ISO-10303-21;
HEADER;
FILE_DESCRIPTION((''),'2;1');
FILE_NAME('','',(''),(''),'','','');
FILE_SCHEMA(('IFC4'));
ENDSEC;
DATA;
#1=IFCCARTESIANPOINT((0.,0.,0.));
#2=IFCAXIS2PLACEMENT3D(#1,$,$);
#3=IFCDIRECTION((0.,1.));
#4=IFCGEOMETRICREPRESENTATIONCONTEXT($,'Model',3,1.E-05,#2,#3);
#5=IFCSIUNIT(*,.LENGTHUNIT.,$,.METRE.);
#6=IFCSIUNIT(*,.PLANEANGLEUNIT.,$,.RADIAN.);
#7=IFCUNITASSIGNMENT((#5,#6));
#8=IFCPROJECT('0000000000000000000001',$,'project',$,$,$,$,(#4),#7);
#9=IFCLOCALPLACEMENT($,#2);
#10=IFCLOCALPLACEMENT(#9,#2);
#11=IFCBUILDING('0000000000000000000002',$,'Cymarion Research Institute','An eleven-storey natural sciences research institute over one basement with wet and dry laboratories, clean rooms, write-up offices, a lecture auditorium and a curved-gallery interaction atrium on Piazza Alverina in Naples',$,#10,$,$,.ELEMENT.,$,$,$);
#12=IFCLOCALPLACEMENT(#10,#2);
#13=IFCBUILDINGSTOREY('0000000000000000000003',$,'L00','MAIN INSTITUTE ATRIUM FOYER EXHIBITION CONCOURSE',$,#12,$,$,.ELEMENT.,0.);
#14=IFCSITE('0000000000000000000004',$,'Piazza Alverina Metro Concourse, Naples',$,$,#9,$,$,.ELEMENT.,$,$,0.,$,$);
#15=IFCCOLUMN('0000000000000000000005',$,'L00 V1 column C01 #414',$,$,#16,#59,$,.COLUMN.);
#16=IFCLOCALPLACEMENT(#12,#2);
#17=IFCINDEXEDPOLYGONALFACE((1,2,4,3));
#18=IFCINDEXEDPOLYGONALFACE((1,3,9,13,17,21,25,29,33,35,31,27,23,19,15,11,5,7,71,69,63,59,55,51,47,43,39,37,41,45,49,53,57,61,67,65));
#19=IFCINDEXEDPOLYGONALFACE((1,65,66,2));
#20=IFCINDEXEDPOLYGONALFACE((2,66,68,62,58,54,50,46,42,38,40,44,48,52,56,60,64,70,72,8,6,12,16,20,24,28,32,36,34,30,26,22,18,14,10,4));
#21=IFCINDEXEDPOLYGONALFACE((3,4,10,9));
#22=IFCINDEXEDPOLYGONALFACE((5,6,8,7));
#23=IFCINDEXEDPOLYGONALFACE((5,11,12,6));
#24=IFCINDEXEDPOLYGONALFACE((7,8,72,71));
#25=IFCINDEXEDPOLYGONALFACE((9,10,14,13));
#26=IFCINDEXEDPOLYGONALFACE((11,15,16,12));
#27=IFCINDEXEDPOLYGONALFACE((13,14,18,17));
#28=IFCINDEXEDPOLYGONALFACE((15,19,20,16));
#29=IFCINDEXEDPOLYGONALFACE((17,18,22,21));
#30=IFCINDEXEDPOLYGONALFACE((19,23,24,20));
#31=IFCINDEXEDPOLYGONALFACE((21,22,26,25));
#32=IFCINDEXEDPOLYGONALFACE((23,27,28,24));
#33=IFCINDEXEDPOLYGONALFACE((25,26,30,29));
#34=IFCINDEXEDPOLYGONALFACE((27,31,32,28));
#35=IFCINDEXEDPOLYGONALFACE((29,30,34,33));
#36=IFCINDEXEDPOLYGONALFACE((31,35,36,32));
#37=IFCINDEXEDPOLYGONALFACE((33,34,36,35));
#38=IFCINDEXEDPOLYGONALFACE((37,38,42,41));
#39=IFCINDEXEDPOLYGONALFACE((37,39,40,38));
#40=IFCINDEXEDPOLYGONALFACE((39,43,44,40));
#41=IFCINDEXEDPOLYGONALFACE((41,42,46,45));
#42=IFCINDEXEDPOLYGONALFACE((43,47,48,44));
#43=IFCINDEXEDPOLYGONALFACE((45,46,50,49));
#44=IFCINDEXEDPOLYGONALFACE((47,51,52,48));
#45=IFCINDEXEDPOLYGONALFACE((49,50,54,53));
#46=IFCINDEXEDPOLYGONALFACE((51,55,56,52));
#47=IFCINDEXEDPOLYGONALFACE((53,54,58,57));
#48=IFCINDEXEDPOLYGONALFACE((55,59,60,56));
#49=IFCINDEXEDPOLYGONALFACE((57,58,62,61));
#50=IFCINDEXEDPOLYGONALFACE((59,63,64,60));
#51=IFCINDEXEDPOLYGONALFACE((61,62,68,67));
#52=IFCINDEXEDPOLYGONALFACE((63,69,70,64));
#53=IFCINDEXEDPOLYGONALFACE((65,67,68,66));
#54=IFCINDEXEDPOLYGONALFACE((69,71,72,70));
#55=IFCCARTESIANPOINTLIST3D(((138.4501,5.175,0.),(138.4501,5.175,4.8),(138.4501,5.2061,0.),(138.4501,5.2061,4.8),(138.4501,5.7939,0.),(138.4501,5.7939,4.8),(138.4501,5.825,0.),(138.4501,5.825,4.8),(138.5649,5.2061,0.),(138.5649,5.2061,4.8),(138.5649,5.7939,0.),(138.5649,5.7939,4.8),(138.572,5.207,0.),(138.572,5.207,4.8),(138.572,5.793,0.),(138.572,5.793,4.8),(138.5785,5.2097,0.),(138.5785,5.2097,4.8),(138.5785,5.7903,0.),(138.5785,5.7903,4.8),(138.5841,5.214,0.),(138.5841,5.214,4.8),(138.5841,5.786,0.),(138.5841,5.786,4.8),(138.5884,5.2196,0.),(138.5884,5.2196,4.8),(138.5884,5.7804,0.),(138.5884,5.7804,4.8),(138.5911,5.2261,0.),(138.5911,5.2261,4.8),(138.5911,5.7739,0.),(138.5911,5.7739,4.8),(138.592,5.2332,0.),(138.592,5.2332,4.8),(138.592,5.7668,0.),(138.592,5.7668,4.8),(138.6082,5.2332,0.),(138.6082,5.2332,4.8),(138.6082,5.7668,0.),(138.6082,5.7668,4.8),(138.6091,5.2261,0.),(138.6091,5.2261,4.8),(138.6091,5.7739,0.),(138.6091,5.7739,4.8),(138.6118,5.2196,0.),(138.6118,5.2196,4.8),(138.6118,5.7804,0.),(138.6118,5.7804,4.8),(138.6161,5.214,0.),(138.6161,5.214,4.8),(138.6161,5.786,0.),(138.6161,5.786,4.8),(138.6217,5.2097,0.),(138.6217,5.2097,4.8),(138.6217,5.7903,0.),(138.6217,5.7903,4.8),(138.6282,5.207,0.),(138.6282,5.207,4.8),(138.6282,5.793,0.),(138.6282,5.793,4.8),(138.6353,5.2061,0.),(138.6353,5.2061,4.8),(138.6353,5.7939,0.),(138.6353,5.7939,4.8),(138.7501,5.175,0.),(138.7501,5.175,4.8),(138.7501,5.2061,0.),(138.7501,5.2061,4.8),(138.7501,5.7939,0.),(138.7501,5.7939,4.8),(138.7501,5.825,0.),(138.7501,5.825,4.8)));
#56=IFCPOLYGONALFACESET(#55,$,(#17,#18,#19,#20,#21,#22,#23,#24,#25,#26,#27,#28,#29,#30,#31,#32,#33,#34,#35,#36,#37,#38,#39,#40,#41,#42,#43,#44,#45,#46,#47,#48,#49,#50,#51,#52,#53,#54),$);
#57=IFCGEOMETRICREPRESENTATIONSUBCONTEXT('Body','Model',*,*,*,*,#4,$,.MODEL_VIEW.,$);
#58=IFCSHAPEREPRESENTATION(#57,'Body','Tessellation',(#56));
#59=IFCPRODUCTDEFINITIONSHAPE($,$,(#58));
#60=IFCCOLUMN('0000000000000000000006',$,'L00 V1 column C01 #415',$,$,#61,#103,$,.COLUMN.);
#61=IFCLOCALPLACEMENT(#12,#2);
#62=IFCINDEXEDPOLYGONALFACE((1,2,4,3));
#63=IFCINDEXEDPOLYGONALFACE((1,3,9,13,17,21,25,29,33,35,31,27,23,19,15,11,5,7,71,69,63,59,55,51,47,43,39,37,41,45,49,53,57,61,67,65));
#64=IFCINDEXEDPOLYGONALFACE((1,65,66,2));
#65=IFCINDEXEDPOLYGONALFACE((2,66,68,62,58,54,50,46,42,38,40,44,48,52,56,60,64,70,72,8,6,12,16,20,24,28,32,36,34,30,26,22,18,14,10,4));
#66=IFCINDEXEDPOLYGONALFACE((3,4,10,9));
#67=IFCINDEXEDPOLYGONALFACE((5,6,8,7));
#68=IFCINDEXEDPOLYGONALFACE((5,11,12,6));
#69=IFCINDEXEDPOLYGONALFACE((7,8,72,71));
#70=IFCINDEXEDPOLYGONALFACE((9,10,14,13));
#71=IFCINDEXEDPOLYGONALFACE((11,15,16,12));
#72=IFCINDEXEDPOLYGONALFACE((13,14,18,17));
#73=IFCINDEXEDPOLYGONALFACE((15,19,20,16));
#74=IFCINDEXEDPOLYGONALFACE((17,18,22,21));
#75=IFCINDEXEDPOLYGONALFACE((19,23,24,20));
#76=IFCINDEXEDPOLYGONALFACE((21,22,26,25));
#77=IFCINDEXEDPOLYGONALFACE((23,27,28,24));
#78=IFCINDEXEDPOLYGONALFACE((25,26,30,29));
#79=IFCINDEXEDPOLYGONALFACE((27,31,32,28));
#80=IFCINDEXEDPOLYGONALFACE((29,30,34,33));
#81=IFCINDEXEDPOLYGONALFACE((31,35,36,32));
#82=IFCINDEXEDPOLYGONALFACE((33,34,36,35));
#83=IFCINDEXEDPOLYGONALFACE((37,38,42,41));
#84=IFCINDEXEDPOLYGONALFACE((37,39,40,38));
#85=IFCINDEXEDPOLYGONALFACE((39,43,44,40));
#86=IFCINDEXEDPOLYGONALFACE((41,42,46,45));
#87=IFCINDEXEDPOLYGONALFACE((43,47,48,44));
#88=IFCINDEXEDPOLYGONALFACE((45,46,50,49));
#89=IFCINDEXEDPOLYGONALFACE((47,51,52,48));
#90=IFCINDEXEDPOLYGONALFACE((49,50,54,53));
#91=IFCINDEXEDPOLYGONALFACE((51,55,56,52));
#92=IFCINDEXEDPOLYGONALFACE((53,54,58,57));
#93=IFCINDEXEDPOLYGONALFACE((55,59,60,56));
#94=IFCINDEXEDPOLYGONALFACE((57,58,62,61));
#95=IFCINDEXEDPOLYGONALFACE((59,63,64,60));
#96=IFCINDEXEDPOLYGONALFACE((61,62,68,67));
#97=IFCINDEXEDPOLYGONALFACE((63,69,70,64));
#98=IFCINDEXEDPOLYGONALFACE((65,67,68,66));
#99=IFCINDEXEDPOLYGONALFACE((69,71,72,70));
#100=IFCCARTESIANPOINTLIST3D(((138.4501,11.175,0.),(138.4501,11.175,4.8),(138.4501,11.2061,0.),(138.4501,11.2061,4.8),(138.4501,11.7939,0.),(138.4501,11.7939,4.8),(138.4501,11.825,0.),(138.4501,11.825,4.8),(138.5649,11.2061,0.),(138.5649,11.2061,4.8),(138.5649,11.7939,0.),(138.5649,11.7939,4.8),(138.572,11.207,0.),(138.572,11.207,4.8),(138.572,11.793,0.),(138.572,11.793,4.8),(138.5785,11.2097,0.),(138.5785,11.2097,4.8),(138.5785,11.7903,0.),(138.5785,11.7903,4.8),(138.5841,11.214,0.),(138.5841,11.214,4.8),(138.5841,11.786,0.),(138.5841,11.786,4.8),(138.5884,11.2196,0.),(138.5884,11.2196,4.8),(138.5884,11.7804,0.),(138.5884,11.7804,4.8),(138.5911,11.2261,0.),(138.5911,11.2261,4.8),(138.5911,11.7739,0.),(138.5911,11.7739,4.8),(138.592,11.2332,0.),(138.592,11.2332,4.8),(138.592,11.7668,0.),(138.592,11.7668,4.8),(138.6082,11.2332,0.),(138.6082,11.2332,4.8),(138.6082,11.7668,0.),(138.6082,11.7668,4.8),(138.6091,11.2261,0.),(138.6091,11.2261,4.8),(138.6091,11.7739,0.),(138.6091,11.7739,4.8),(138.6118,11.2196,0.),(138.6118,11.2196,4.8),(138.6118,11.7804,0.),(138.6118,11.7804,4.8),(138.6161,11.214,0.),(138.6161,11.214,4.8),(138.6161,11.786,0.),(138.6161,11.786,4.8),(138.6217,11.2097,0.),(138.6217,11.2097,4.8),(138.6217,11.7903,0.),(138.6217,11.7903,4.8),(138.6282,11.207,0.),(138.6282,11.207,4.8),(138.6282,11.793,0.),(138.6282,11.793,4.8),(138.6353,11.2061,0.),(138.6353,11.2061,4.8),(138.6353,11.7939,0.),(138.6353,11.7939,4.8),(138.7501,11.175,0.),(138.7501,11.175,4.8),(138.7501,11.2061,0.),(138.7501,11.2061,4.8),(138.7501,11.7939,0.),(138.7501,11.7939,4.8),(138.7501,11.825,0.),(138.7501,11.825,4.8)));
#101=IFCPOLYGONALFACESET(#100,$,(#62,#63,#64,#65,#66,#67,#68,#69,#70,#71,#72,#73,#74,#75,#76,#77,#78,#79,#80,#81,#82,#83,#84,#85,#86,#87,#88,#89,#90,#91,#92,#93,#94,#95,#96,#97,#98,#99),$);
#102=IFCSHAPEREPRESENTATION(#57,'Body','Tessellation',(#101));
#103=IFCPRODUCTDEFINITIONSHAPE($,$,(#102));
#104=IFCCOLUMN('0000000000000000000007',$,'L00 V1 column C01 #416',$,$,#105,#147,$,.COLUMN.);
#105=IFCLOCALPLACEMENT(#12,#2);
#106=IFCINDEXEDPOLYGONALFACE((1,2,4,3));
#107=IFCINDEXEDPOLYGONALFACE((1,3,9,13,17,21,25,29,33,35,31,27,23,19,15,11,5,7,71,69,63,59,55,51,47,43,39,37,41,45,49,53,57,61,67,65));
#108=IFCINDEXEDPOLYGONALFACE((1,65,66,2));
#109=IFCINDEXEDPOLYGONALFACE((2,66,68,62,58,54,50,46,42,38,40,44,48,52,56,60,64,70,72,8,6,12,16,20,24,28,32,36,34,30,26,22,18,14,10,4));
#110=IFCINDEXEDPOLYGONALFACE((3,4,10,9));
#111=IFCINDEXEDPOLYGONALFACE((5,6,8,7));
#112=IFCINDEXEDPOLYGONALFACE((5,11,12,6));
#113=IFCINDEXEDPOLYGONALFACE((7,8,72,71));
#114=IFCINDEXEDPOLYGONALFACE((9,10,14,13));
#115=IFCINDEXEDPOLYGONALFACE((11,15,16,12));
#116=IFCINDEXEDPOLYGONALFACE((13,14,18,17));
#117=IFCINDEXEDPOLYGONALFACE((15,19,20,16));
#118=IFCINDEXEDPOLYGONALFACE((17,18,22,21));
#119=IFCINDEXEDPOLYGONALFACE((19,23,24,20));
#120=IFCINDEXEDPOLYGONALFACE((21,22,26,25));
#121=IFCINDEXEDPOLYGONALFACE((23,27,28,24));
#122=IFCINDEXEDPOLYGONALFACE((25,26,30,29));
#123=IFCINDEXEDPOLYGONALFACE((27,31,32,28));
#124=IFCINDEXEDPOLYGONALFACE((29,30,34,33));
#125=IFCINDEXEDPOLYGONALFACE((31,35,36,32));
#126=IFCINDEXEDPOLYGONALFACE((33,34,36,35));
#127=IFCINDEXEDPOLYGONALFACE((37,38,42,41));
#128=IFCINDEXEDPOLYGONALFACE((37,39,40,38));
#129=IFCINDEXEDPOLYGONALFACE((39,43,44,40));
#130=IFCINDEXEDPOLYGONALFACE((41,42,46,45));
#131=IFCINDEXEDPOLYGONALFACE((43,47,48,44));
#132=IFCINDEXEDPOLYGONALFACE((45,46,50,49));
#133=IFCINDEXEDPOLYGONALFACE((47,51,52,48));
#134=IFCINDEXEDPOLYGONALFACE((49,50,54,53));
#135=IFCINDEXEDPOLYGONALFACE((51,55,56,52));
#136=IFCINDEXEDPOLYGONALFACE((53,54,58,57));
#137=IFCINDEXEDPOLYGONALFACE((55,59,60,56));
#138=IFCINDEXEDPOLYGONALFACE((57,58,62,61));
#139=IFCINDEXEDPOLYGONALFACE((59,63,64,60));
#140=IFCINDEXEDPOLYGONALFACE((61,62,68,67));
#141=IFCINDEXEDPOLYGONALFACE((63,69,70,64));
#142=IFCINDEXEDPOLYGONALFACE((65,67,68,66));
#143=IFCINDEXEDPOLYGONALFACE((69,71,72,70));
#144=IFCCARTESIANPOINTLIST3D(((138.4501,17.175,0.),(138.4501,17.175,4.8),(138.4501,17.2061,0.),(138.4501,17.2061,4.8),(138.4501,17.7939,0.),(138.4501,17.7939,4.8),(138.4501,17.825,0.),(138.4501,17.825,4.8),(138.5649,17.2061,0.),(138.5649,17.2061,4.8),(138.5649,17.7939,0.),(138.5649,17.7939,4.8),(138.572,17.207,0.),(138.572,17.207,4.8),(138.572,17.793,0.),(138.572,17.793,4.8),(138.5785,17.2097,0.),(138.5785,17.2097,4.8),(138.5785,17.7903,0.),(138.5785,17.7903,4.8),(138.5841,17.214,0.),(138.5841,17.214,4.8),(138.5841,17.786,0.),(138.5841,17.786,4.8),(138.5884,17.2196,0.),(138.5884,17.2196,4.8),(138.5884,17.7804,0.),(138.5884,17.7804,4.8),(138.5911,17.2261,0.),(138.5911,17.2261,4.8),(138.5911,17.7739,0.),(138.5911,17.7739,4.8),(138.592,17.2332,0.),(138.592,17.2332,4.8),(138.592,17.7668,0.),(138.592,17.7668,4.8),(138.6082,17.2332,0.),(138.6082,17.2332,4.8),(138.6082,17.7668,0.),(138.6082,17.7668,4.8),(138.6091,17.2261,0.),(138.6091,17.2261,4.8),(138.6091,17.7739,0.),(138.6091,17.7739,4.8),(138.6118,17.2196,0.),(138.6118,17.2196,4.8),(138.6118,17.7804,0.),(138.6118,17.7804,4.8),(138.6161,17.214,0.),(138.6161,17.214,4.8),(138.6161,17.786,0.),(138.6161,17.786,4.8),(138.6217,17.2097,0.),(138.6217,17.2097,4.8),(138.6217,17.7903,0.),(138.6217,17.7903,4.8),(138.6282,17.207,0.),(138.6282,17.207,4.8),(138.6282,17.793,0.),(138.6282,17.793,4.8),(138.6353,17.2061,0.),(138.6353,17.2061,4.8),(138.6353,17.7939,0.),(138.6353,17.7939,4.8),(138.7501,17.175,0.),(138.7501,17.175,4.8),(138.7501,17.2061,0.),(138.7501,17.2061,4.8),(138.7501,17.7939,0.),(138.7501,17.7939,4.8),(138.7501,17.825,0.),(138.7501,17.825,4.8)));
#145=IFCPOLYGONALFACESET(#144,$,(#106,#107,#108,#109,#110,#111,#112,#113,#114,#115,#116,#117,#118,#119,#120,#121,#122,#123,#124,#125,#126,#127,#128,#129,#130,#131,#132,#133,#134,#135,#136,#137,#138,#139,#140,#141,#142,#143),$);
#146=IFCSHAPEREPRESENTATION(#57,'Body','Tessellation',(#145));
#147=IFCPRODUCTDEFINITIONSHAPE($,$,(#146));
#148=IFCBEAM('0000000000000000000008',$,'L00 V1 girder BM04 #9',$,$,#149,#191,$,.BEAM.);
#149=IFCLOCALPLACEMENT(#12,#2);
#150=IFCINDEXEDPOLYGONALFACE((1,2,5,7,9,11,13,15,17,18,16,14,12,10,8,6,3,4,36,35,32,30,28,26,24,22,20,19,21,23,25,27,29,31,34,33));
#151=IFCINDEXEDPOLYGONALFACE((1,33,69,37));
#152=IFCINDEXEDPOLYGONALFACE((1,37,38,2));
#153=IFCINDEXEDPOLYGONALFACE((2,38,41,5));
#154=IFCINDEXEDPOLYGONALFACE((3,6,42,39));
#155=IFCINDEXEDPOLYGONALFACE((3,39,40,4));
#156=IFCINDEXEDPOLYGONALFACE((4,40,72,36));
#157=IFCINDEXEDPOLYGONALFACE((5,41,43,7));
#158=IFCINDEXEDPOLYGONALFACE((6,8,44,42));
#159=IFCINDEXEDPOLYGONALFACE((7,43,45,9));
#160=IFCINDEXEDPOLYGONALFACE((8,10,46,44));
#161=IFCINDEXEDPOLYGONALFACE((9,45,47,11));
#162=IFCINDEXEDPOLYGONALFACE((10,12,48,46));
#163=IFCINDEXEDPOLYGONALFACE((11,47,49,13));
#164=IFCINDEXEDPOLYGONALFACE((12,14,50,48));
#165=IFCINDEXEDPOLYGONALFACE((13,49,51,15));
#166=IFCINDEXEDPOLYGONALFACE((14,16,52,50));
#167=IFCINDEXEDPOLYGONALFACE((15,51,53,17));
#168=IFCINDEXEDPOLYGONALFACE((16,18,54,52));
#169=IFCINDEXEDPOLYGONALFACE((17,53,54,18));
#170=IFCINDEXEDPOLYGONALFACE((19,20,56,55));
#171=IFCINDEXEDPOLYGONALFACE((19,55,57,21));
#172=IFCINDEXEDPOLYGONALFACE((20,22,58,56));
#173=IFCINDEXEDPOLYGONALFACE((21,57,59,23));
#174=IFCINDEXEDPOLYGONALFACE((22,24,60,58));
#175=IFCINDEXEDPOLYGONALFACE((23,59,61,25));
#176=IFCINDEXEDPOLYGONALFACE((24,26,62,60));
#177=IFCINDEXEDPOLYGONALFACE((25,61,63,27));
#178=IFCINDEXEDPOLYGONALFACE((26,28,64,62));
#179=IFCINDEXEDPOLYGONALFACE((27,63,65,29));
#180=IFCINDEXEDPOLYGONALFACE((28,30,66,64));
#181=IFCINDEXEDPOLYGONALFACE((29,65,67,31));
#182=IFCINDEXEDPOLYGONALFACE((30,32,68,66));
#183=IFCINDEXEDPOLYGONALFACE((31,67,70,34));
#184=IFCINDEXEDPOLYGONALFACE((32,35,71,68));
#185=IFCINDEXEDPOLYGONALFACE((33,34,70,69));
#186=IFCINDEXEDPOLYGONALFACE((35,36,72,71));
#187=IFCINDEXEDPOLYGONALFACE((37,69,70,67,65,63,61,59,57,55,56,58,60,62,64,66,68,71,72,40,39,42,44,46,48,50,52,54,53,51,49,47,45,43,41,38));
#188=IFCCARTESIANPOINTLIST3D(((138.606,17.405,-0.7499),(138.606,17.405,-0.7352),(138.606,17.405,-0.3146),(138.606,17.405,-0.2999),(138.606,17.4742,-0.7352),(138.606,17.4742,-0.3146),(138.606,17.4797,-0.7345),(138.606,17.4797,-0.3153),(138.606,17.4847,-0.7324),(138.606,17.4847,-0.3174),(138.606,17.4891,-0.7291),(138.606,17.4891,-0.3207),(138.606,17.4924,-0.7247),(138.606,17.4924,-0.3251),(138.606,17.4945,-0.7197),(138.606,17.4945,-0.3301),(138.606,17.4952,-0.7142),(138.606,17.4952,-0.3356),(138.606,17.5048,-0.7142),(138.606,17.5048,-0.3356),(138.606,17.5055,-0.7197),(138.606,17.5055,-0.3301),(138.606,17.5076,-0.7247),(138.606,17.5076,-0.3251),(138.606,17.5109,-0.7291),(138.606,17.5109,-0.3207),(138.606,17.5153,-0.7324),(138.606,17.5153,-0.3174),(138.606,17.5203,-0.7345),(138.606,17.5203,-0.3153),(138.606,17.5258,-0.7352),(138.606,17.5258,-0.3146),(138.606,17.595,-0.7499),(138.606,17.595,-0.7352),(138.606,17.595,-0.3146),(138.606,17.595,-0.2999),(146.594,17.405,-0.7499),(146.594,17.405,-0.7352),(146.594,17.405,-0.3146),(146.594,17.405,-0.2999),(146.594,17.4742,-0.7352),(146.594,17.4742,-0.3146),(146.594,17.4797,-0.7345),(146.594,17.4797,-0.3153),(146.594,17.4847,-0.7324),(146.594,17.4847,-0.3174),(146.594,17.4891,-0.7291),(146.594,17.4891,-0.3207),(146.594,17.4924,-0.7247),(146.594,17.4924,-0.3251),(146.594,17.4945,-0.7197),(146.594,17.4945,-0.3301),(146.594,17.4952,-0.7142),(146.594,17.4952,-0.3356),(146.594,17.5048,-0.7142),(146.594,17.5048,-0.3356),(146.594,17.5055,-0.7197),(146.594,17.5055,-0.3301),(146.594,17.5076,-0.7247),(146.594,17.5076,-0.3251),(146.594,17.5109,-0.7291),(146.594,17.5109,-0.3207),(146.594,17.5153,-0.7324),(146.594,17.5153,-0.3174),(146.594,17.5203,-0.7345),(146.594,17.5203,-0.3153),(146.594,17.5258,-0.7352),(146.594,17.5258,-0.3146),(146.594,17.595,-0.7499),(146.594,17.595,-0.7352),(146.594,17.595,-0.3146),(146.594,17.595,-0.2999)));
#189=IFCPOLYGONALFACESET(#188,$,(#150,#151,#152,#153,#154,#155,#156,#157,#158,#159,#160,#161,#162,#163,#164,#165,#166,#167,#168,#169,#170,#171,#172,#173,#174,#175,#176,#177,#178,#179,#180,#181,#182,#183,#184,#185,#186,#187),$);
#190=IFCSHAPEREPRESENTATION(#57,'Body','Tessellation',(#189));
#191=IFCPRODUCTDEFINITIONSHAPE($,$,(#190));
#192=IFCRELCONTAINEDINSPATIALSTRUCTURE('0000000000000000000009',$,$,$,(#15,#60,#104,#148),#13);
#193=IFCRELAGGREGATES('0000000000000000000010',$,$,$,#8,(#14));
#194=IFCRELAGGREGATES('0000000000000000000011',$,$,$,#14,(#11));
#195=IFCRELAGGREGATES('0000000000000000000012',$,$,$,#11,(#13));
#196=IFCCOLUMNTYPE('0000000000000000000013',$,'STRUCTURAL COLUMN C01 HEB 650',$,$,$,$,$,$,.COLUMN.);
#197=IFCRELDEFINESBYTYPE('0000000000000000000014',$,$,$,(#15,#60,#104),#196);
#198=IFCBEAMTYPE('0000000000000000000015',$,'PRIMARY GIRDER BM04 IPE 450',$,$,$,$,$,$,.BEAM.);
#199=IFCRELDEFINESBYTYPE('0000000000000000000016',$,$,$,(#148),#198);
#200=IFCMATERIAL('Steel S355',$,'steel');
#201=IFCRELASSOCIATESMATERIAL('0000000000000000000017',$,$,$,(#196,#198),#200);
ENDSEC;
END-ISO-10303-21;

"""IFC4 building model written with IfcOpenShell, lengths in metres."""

from ifc_helpers import new_model, si_unit, direction, frame, origin, origin_2d, place, context, subcontext, project, spatial, i_section, extrude, material, material_profile, profile_set, type_object, element, save


model = new_model("IFC4")

# Units and contexts
model_context = context("Model", 3, precision=1e-05, world=origin(), true_north=direction((0.0, 1.0)))
body_context = subcontext(model_context, "Body", "Model", "MODEL_VIEW")
ifc_project = project(units=[si_unit("LENGTHUNIT", "METRE"), si_unit("PLANEANGLEUNIT", "RADIAN")], contexts=[model_context])

# Site, building, storey
site_placement = place(None, origin())
site = spatial("IfcSite", under=ifc_project, at=site_placement, Name="Piazza Alverina Metro Concourse, Naples", CompositionType="ELEMENT", RefElevation=0.0)
building_placement = place(site_placement, origin())
building = spatial("IfcBuilding", under=site, at=building_placement, Name="Cymarion Research Institute", Description="An eleven-storey natural sciences research institute over one basement with wet and dry laboratories, clean rooms, write-up offices, a lecture auditorium and a curved-gallery interaction atrium on Piazza Alverina in Naples", CompositionType="ELEMENT")
storey_placement = place(building_placement, origin())
storey = spatial("IfcBuildingStorey", under=building, at=storey_placement, Name="L00", Description="MAIN INSTITUTE ATRIUM FOYER EXHIBITION CONCOURSE", CompositionType="ELEMENT", Elevation=0.0)

# Columns
ifc_material_1 = material(Name="Steel S355", Category="steel")
ifc_material_profile_1 = material_profile(ifc_material_1, i_section(OverallWidth=0.3, OverallDepth=0.6499, WebThickness=0.0161, FlangeThickness=0.031, FilletRadius=0.0271, at=origin_2d()), Name="HEB 650")
ifc_profile_set_1 = profile_set([ifc_material_profile_1], Name="Steel S355")
column_type = type_object("IfcColumnType", Name="STRUCTURAL COLUMN C01 HEB 650", PredefinedType="COLUMN", material=ifc_profile_set_1)
for number, where, z_axis, x_axis, name in (
    (1, (138.6001, 5.5, 0.0), (0.0, 0.0, 1.0), (1.0, 0.0, 0.0), "L00 V1 column C01 #414"),
    (2, (138.6001, 11.5, 0.0), (0.0, 0.0, 1.0), (1.0, 0.0, 0.0), "L00 V1 column C01 #415"),
    (3, (138.6001, 17.5, 0.0), (0.0, 0.0, 1.0), (1.0, 0.0, 0.0), "L00 V1 column C01 #416"),
):
    element("IfcColumn", number, at=place(storey_placement, frame(where, z_axis=z_axis, x_axis=x_axis)), inside=storey, type_object=column_type, Name=name, PredefinedType="COLUMN", context=body_context, shape_type="SweptSolid", body=[
        extrude(i_section(OverallWidth=0.3, OverallDepth=0.6499, WebThickness=0.0161, FlangeThickness=0.031, FilletRadius=0.0271, at=origin_2d()), origin(), (0.0, 0.0, 1.0), 4.8),
    ])

# Beam
ifc_material_profile_2 = material_profile(ifc_material_1, i_section(OverallWidth=0.1899, OverallDepth=0.45, WebThickness=0.0095, FlangeThickness=0.0146, FilletRadius=0.021, at=origin_2d()), Name="IPE 450")
ifc_profile_set_2 = profile_set([ifc_material_profile_2], Name="Steel S355")
beam_type_1 = type_object("IfcBeamType", Name="PRIMARY GIRDER BM04 IPE 450", PredefinedType="BEAM", material=ifc_profile_set_2)
beam_placement = place(storey_placement, frame((138.606, 17.5, -0.5249), z_axis=(1.0, 0.0, 0.0), x_axis=(0.0, 1.0, 0.0)))
element("IfcBeam", 4, at=beam_placement, inside=storey, type_object=beam_type_1, Name="L00 V1 girder BM04 #9", PredefinedType="BEAM", context=body_context, shape_type="SweptSolid", body=[
    extrude(i_section(OverallWidth=0.1899, OverallDepth=0.45, WebThickness=0.0095, FlangeThickness=0.0146, FilletRadius=0.021, at=origin_2d()), origin(), (0.0, 0.0, 1.0), 7.988),
])

save(model, "model.ifc")
